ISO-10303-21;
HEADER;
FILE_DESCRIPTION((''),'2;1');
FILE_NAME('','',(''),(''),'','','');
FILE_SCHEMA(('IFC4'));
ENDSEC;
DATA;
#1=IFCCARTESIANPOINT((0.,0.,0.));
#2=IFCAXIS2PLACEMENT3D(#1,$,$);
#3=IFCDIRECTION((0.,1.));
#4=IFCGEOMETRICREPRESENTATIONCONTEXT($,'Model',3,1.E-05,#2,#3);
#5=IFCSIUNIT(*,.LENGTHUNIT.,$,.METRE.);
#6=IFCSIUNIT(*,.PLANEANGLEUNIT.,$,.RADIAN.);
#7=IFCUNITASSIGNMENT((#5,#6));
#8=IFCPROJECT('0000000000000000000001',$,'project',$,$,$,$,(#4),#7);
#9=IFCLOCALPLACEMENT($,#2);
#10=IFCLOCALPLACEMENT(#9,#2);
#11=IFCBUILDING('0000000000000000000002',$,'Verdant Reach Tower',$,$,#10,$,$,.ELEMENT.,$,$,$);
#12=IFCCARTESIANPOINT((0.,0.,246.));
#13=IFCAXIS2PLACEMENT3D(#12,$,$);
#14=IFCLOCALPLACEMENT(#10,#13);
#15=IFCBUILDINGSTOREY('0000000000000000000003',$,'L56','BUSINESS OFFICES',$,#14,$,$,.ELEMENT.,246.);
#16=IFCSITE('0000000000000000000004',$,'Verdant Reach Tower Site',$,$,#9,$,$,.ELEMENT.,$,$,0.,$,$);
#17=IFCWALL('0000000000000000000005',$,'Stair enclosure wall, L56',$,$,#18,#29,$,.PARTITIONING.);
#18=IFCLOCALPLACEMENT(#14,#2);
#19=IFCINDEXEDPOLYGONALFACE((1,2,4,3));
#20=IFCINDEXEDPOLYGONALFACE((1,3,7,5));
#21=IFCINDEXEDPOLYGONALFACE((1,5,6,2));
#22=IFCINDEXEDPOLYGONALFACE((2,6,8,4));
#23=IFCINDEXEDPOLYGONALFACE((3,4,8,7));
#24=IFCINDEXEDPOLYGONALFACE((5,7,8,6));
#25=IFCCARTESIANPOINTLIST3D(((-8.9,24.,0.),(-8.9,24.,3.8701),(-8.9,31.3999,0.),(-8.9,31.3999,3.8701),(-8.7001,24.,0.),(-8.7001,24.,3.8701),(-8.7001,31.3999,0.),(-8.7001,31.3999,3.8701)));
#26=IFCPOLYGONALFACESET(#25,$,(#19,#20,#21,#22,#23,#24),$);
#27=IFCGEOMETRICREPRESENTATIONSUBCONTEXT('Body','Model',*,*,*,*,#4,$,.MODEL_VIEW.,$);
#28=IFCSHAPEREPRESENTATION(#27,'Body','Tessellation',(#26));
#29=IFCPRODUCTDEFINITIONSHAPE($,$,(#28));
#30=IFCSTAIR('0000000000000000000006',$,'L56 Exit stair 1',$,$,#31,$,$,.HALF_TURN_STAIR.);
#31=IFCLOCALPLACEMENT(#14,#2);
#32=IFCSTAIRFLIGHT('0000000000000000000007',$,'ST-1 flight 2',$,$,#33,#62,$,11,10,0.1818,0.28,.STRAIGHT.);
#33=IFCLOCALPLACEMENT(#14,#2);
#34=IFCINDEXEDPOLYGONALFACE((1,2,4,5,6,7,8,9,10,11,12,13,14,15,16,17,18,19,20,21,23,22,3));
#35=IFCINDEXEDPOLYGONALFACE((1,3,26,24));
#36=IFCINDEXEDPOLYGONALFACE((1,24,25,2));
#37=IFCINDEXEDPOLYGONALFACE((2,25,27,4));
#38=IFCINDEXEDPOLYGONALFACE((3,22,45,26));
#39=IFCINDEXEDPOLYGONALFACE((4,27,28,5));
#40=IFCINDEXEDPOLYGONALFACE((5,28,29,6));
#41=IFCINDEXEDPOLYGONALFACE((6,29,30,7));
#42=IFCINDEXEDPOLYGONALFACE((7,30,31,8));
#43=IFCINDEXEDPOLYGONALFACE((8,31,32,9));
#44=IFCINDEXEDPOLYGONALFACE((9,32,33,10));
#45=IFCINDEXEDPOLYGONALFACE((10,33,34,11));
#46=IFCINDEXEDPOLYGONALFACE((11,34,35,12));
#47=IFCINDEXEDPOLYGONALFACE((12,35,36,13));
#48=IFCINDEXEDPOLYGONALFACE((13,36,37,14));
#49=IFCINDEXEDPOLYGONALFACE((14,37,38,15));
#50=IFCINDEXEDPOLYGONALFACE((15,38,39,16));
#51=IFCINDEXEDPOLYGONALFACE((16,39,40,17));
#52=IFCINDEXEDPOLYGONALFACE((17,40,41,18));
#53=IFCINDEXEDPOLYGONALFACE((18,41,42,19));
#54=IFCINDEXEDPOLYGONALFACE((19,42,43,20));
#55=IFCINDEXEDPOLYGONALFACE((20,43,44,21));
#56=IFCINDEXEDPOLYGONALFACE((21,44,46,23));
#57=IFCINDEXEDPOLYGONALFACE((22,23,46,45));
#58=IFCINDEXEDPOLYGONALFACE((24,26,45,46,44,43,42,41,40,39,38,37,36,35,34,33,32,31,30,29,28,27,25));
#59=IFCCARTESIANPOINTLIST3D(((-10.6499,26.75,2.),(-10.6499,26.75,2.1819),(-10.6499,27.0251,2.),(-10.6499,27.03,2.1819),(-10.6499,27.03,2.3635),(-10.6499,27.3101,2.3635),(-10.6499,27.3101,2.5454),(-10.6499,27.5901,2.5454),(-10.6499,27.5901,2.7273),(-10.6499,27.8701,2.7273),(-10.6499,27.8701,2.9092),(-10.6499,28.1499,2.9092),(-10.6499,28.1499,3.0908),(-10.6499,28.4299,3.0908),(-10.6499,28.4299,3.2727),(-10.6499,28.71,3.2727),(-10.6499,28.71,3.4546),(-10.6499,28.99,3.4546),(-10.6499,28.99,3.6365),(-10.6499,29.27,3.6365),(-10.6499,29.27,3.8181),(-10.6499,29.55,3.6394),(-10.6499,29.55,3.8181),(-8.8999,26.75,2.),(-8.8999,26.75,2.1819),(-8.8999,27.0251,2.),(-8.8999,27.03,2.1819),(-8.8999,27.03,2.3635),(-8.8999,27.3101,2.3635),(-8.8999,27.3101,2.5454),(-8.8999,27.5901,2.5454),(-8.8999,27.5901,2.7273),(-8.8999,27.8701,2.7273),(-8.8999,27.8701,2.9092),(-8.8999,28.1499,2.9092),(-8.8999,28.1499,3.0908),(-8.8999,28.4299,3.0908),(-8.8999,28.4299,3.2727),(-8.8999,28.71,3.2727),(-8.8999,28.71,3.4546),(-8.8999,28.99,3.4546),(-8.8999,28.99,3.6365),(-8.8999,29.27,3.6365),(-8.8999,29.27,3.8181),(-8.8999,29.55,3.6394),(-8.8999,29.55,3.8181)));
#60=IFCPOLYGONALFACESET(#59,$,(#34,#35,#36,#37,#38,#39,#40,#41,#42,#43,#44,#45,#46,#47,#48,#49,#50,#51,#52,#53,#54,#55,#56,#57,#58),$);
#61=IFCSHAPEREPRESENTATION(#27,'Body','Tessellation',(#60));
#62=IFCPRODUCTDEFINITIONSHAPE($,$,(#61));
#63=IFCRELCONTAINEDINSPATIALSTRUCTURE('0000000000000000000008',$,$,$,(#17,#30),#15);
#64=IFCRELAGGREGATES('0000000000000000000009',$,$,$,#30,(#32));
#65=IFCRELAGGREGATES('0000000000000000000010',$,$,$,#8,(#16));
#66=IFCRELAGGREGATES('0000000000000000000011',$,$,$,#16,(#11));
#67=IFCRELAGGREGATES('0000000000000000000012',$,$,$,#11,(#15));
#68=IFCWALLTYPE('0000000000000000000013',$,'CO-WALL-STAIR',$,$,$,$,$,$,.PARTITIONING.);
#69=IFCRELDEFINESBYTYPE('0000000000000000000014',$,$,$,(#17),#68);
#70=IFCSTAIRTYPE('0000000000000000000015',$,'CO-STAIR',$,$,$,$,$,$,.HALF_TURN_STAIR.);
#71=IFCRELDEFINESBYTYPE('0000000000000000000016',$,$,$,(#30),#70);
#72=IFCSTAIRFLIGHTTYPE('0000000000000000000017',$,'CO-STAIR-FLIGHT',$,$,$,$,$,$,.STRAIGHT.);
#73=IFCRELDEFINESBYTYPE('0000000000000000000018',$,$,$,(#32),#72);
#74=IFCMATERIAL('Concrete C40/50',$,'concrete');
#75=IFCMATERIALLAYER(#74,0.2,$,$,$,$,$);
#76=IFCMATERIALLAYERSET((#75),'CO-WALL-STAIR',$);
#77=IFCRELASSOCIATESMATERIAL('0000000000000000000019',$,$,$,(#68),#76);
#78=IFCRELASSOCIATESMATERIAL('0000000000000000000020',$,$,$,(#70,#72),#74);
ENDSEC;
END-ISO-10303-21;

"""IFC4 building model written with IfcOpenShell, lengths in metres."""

from ifc_helpers import new_model, si_unit, direction, frame, frame_2d, origin, place, context, subcontext, project, spatial, polyline, rectangle, outline, extrude, material, layer, layer_set, type_object, element, aggregate, save


model = new_model("IFC4")

# Units and contexts
model_context = context("Model", 3, precision=1e-05, world=origin(), true_north=direction((0.0, 1.0)))
body_context = subcontext(model_context, "Body", "Model", "MODEL_VIEW")
ifc_project = project(units=[si_unit("LENGTHUNIT", "METRE"), si_unit("PLANEANGLEUNIT", "RADIAN")], contexts=[model_context])

# Site, building, storey
site_placement = place(None, origin())
site = spatial("IfcSite", under=ifc_project, at=site_placement, Name="Verdant Reach Tower Site", CompositionType="ELEMENT", RefElevation=0.0)
building_placement = place(site_placement, origin())
building = spatial("IfcBuilding", under=site, at=building_placement, Name="Verdant Reach Tower", CompositionType="ELEMENT")
storey_placement = place(building_placement, frame((0.0, 0.0, 246.0)))
storey = spatial("IfcBuildingStorey", under=building, at=storey_placement, Name="L56", Description="BUSINESS OFFICES", CompositionType="ELEMENT", Elevation=246.0)

# Shared definitions
ifc_material_1 = material(Name="Concrete C40/50", Category="concrete")

# Shared definitions
ifc_layer_1 = layer(ifc_material_1, 0.2)
ifc_layer_set_1 = layer_set([ifc_layer_1], Name="CO-WALL-STAIR")
wall_type_1 = type_object("IfcWallType", Name="CO-WALL-STAIR", PredefinedType="PARTITIONING", material=ifc_layer_set_1)

# Wall
wall_1_placement = place(storey_placement, frame((-8.8, 24.0, 0.0), z_axis=(0.0, 0.0, 1.0), x_axis=(0.0, 1.0, 0.0)))
element("IfcWall", 1, at=wall_1_placement, inside=storey, type_object=wall_type_1, Name="Stair enclosure wall, L56", PredefinedType="PARTITIONING", context=body_context, shape_type="SweptSolid", body=[
    extrude(rectangle(XDim=7.3999, YDim=0.2, at=frame_2d((3.7, 0.0))), origin(), (0.0, 0.0, 1.0), 3.8701),
])

# Stair, stair flight
stair_type = type_object("IfcStairType", Name="CO-STAIR", PredefinedType="HALF_TURN_STAIR", material=ifc_material_1)
stair_placement = place(storey_placement, origin())
stair = element("IfcStair", 2, at=stair_placement, inside=storey, type_object=stair_type, Name="L56 Exit stair 1", PredefinedType="HALF_TURN_STAIR")
stair_flight_type = type_object("IfcStairFlightType", Name="CO-STAIR-FLIGHT", PredefinedType="STRAIGHT", material=ifc_material_1)
stair_flight_placement = place(storey_placement, frame((-9.7749, 26.75, 2.0), z_axis=(0.0, 0.0, 1.0), x_axis=(0.0, 1.0, 0.0)))
stair_flight = element("IfcStairFlight", 3, at=stair_flight_placement, type_object=stair_flight_type, Name="ST-1 flight 2", NumberOfRisers=11, NumberOfTreads=10, PredefinedType="STRAIGHT", RiserHeight=0.1818, TreadLength=0.28, context=body_context, shape_type="SweptSolid", body=[
    extrude(outline(polyline([(0.0, 0.0), (0.0, 0.1819), (0.28, 0.1819), (0.28, 0.3635), (0.5601, 0.3635), (0.5601, 0.5454), (0.8401, 0.5454), (0.8401, 0.7273), (1.1201, 0.7273), (1.1201, 0.9092), (1.3999, 0.9092), (1.3999, 1.0908), (1.6799, 1.0908), (1.6799, 1.2727), (1.96, 1.2727), (1.96, 1.4546), (2.24, 1.4546), (2.24, 1.6365), (2.52, 1.6365), (2.52, 1.8181), (2.8, 1.8181), (2.8, 2.0), (2.8, 1.6394), (0.2751, 0.0), (0.0, 0.0)])), frame((0.0, 0.875, 0.0), z_axis=(0.0, -1.0, 0.0), x_axis=(1.0, 0.0, 0.0)), (0.0, 0.0, 1.0), 1.75),
])
aggregate(stair, [stair_flight])

save(model, "model.ifc")
